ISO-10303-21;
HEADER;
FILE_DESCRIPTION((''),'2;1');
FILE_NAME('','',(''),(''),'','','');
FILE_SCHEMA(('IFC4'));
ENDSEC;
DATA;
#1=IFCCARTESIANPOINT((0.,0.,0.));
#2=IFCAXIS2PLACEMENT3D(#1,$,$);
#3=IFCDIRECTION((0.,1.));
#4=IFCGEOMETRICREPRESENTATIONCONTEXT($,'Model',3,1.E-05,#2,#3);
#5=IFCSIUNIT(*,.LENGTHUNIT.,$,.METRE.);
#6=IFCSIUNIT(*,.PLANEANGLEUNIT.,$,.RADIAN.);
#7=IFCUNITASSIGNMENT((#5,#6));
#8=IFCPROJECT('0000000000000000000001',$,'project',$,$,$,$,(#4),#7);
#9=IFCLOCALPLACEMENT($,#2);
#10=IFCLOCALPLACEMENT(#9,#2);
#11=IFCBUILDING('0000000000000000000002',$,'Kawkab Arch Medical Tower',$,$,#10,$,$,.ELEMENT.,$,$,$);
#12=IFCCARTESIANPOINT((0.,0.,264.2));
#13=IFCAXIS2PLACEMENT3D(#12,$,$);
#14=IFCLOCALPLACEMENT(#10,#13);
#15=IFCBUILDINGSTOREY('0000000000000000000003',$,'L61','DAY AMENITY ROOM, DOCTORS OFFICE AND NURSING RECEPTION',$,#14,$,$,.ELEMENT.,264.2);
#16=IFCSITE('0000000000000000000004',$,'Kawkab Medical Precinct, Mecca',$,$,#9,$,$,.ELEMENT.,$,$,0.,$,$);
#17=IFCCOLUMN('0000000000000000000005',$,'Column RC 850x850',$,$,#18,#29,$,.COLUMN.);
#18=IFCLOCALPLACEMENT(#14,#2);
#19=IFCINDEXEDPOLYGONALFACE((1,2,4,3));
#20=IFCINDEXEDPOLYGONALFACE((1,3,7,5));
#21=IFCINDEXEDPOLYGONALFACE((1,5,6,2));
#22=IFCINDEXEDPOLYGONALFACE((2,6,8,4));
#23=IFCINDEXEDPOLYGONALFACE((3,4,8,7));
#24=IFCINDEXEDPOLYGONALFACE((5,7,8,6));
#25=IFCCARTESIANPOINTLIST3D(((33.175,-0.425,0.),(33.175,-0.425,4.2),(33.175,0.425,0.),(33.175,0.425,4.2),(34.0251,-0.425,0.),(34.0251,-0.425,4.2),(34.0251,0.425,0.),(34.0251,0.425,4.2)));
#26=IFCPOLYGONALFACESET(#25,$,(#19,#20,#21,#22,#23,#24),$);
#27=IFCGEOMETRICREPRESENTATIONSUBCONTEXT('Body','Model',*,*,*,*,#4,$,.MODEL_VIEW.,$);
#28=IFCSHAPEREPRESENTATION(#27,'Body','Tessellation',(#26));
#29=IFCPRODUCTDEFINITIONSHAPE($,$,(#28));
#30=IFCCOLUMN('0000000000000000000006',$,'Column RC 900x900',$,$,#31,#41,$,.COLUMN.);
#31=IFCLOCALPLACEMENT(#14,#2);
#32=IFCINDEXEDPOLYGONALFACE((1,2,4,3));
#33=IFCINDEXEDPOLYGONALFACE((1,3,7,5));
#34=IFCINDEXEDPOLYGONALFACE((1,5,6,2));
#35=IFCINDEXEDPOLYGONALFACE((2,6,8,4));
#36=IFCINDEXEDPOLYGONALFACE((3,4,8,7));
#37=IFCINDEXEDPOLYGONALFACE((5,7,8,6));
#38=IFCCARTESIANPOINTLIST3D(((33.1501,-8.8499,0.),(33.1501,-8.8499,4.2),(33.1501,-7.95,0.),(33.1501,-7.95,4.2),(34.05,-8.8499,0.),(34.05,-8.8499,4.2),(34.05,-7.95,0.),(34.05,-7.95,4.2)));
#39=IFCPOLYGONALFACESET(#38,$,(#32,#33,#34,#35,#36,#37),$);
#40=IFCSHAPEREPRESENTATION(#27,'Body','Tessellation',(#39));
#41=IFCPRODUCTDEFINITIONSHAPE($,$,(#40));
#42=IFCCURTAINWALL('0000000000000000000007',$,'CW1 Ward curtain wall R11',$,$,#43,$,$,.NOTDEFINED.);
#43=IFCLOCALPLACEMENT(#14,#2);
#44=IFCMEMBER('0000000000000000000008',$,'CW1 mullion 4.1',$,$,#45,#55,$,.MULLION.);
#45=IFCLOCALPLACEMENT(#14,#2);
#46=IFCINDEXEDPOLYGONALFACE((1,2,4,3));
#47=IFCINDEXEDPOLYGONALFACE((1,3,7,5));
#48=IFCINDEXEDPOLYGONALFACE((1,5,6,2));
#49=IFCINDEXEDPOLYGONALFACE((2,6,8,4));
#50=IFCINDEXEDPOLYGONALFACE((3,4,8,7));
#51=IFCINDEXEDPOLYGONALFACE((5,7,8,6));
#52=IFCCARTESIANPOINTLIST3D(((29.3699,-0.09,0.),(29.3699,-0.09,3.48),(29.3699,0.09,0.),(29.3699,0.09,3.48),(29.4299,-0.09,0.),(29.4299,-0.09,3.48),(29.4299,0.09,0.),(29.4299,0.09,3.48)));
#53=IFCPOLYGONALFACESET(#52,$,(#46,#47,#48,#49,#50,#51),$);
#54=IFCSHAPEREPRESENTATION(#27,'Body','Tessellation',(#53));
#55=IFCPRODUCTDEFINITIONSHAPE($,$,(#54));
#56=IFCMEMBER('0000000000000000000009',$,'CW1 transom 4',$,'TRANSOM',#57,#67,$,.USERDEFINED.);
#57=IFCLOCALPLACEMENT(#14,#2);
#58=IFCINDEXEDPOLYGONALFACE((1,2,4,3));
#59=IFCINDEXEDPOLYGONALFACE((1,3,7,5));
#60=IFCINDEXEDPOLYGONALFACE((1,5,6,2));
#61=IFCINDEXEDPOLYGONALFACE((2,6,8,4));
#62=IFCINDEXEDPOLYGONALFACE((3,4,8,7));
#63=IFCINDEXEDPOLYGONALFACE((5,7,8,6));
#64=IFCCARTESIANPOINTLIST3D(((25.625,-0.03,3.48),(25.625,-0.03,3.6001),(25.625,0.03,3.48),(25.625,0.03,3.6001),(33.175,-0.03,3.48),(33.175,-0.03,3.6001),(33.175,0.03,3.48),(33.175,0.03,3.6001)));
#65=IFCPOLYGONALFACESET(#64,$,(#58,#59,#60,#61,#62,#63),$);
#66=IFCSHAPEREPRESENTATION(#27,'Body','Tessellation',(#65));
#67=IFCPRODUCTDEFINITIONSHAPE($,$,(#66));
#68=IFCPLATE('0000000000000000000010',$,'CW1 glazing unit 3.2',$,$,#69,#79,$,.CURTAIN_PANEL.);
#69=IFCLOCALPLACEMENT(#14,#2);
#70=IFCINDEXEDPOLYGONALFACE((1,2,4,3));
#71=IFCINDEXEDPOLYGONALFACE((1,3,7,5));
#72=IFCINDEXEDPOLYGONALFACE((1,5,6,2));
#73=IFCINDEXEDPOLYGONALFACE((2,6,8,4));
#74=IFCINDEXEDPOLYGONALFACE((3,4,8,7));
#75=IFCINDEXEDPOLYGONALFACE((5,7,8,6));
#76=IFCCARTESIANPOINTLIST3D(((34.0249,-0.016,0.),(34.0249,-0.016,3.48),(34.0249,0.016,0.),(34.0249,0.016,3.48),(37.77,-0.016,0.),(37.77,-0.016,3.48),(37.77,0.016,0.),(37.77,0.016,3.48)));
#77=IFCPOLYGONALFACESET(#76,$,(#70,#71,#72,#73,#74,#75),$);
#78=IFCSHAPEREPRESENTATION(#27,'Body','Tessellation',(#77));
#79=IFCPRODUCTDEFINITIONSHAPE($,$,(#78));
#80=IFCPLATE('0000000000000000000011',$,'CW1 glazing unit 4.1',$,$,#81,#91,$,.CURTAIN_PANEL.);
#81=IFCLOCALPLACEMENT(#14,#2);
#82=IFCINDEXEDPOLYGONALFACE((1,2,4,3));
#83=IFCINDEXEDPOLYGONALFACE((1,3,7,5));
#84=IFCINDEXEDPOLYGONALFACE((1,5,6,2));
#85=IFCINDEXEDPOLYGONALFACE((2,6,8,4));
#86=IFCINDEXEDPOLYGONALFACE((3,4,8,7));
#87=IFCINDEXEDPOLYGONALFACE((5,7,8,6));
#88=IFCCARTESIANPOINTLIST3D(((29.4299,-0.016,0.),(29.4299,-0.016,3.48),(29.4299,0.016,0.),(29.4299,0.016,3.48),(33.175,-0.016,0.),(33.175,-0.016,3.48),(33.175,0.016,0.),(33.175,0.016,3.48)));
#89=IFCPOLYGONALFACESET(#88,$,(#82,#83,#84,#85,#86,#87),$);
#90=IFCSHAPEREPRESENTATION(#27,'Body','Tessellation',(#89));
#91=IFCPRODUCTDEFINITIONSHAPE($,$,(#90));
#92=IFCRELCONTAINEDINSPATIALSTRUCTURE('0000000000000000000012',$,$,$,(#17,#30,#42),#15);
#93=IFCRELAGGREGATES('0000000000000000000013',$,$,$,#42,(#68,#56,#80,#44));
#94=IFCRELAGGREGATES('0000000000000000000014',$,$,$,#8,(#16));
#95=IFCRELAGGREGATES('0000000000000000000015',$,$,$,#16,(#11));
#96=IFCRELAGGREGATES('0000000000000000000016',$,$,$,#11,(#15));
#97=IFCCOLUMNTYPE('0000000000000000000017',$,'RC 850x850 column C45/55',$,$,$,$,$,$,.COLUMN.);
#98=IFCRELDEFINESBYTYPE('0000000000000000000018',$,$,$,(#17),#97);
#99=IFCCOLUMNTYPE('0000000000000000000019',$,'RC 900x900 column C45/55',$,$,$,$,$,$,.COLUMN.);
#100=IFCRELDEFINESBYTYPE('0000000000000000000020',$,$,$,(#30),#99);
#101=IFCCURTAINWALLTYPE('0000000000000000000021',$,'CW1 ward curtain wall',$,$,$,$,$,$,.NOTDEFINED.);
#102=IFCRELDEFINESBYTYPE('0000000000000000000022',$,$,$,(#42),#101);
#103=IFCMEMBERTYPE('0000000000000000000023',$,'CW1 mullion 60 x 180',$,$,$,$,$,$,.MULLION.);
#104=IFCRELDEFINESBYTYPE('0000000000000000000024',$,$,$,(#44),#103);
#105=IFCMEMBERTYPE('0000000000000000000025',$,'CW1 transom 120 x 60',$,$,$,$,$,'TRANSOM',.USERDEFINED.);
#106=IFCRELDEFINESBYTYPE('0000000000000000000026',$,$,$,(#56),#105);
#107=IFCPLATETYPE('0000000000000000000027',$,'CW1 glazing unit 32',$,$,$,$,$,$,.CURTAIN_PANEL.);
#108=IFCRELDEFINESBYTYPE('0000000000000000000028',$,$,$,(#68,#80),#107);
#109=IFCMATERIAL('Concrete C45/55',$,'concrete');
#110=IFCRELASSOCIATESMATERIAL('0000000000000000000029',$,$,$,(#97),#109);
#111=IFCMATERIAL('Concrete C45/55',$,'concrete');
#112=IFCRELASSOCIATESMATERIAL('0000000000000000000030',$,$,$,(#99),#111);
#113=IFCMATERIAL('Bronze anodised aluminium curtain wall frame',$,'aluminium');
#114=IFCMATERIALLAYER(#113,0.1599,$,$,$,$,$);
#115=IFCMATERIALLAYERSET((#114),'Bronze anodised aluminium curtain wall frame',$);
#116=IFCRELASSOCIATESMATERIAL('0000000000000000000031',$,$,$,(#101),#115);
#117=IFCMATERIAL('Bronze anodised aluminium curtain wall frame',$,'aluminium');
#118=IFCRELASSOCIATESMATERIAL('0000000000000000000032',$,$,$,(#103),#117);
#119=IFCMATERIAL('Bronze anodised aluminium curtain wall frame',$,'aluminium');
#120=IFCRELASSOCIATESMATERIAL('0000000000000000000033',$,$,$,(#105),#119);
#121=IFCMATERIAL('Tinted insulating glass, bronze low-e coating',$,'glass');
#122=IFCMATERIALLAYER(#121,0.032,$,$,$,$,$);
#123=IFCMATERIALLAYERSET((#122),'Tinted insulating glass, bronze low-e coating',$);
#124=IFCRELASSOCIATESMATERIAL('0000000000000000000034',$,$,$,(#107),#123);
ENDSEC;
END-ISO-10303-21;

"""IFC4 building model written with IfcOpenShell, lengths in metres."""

from ifc_helpers import new_model, si_unit, direction, frame, origin, origin_2d, place, context, subcontext, project, spatial, rectangle, extrude, material, layer, layer_set, material_profile, profile_set, type_object, element, aggregate, save


model = new_model("IFC4")

# Units and contexts
model_context = context("Model", 3, precision=1e-05, world=origin(), true_north=direction((0.0, 1.0)))
body_context = subcontext(model_context, "Body", "Model", "MODEL_VIEW")
ifc_project = project(units=[si_unit("LENGTHUNIT", "METRE"), si_unit("PLANEANGLEUNIT", "RADIAN")], contexts=[model_context])

# Site, building, storey
site_placement = place(None, origin())
site = spatial("IfcSite", under=ifc_project, at=site_placement, Name="Kawkab Medical Precinct, Mecca", CompositionType="ELEMENT", RefElevation=0.0)
building_placement = place(site_placement, origin())
building = spatial("IfcBuilding", under=site, at=building_placement, Name="Kawkab Arch Medical Tower", CompositionType="ELEMENT")
storey_placement = place(building_placement, frame((0.0, 0.0, 264.2)))
storey = spatial("IfcBuildingStorey", under=building, at=storey_placement, Name="L61", Description="DAY AMENITY ROOM, DOCTORS OFFICE AND NURSING RECEPTION", CompositionType="ELEMENT", Elevation=264.2)

# Columns
ifc_material_1 = material(Name="Concrete C45/55", Category="concrete")
ifc_material_profile_1 = material_profile(ifc_material_1, rectangle(XDim=0.8501, YDim=0.8501, at=origin_2d()), Name="RC 850x850")
ifc_profile_set_1 = profile_set([ifc_material_profile_1], Name="Concrete C45/55")
column_type_1 = type_object("IfcColumnType", Name="RC 850x850 column C45/55", PredefinedType="COLUMN", material=ifc_profile_set_1)
column_1_placement = place(storey_placement, frame((33.6001, 0.0, 0.0), z_axis=(0.0, 0.0, 1.0), x_axis=(1.0, 0.0, 0.0)))
element("IfcColumn", 1, at=column_1_placement, inside=storey, type_object=column_type_1, Name="Column RC 850x850", PredefinedType="COLUMN", context=body_context, shape_type="SweptSolid", body=[
    extrude(rectangle(XDim=0.8501, YDim=0.8501, at=origin_2d()), origin(), (0.0, 0.0, 1.0), 4.2),
])
ifc_material_2 = material(Name="Concrete C45/55", Category="concrete")
ifc_material_profile_2 = material_profile(ifc_material_2, rectangle(XDim=0.8999, YDim=0.8999, at=origin_2d()), Name="RC 900x900")
ifc_profile_set_2 = profile_set([ifc_material_profile_2], Name="Concrete C45/55")
column_type_2 = type_object("IfcColumnType", Name="RC 900x900 column C45/55", PredefinedType="COLUMN", material=ifc_profile_set_2)
column_2_placement = place(storey_placement, frame((33.6001, -8.3999, 0.0), z_axis=(0.0, 0.0, 1.0), x_axis=(1.0, 0.0, 0.0)))
element("IfcColumn", 2, at=column_2_placement, inside=storey, type_object=column_type_2, Name="Column RC 900x900", PredefinedType="COLUMN", context=body_context, shape_type="SweptSolid", body=[
    extrude(rectangle(XDim=0.8999, YDim=0.8999, at=origin_2d()), origin(), (0.0, 0.0, 1.0), 4.2),
])

# Curtain wall, members, plates
ifc_material_3 = material(Name="Bronze anodised aluminium curtain wall frame", Category="aluminium")
ifc_layer_1 = layer(ifc_material_3, 0.1599)
ifc_layer_set_1 = layer_set([ifc_layer_1], Name="Bronze anodised aluminium curtain wall frame")
curtain_wall_type = type_object("IfcCurtainWallType", Name="CW1 ward curtain wall", PredefinedType="NOTDEFINED", material=ifc_layer_set_1)
curtain_wall_placement = place(storey_placement, origin())
curtain_wall = element("IfcCurtainWall", 3, at=curtain_wall_placement, inside=storey, type_object=curtain_wall_type, Name="CW1 Ward curtain wall R11", PredefinedType="NOTDEFINED")
ifc_material_4 = material(Name="Bronze anodised aluminium curtain wall frame", Category="aluminium")
ifc_material_profile_3 = material_profile(ifc_material_4, rectangle(XDim=0.1799, YDim=0.0601, at=origin_2d()), Name="AL 60x180")
ifc_profile_set_3 = profile_set([ifc_material_profile_3], Name="Bronze anodised aluminium curtain wall frame")
member_type_1 = type_object("IfcMemberType", Name="CW1 mullion 60 x 180", PredefinedType="MULLION", material=ifc_profile_set_3)
member_1_placement = place(storey_placement, frame((29.3999, 0.0, 0.0), z_axis=(0.0, 0.0, 1.0), x_axis=(0.0, -1.0, 0.0)))
member_1 = element("IfcMember", 4, at=member_1_placement, type_object=member_type_1, Name="CW1 mullion 4.1", PredefinedType="MULLION", context=body_context, shape_type="SweptSolid", body=[
    extrude(rectangle(XDim=0.1799, YDim=0.0601, at=origin_2d()), origin(), (0.0, 0.0, 1.0), 3.48),
])
ifc_material_5 = material(Name="Bronze anodised aluminium curtain wall frame", Category="aluminium")
ifc_material_profile_4 = material_profile(ifc_material_5, rectangle(XDim=0.0601, YDim=0.1201, at=origin_2d()), Name="AL 60x120")
ifc_profile_set_4 = profile_set([ifc_material_profile_4], Name="Bronze anodised aluminium curtain wall frame")
member_type_2 = type_object("IfcMemberType", Name="CW1 transom 120 x 60", ElementType="TRANSOM", PredefinedType="USERDEFINED", material=ifc_profile_set_4)
member_2_placement = place(storey_placement, frame((33.175, 0.0, 3.54), z_axis=(-1.0, 0.0, 0.0), x_axis=(0.0, -1.0, 0.0)))
member_2 = element("IfcMember", 5, at=member_2_placement, type_object=member_type_2, Name="CW1 transom 4", ObjectType="TRANSOM", PredefinedType="USERDEFINED", context=body_context, shape_type="SweptSolid", body=[
    extrude(rectangle(XDim=0.0601, YDim=0.1201, at=origin_2d()), origin(), (0.0, 0.0, 1.0), 7.55),
])
ifc_material_6 = material(Name="Tinted insulating glass, bronze low-e coating", Category="glass")
ifc_layer_2 = layer(ifc_material_6, 0.032)
ifc_layer_set_2 = layer_set([ifc_layer_2], Name="Tinted insulating glass, bronze low-e coating")
plate_type = type_object("IfcPlateType", Name="CW1 glazing unit 32", PredefinedType="CURTAIN_PANEL", material=ifc_layer_set_2)
plate_1_placement = place(storey_placement, frame((35.8975, 0.0, 0.0), z_axis=(0.0, 0.0, 1.0), x_axis=(-1.0, 0.0, 0.0)))
plate_1 = element("IfcPlate", 6, at=plate_1_placement, type_object=plate_type, Name="CW1 glazing unit 3.2", PredefinedType="CURTAIN_PANEL", context=body_context, shape_type="SweptSolid", body=[
    extrude(rectangle(XDim=3.7451, YDim=0.032, at=origin_2d()), origin(), (0.0, 0.0, 1.0), 3.48),
])
plate_2_placement = place(storey_placement, frame((31.3025, 0.0, 0.0), z_axis=(0.0, 0.0, 1.0), x_axis=(-1.0, 0.0, 0.0)))
plate_2 = element("IfcPlate", 7, at=plate_2_placement, type_object=plate_type, Name="CW1 glazing unit 4.1", PredefinedType="CURTAIN_PANEL", context=body_context, shape_type="SweptSolid", body=[
    extrude(rectangle(XDim=3.7451, YDim=0.032, at=origin_2d()), origin(), (0.0, 0.0, 1.0), 3.48),
])
aggregate(curtain_wall, [plate_1, member_2, plate_2, member_1])

save(model, "model.ifc")
